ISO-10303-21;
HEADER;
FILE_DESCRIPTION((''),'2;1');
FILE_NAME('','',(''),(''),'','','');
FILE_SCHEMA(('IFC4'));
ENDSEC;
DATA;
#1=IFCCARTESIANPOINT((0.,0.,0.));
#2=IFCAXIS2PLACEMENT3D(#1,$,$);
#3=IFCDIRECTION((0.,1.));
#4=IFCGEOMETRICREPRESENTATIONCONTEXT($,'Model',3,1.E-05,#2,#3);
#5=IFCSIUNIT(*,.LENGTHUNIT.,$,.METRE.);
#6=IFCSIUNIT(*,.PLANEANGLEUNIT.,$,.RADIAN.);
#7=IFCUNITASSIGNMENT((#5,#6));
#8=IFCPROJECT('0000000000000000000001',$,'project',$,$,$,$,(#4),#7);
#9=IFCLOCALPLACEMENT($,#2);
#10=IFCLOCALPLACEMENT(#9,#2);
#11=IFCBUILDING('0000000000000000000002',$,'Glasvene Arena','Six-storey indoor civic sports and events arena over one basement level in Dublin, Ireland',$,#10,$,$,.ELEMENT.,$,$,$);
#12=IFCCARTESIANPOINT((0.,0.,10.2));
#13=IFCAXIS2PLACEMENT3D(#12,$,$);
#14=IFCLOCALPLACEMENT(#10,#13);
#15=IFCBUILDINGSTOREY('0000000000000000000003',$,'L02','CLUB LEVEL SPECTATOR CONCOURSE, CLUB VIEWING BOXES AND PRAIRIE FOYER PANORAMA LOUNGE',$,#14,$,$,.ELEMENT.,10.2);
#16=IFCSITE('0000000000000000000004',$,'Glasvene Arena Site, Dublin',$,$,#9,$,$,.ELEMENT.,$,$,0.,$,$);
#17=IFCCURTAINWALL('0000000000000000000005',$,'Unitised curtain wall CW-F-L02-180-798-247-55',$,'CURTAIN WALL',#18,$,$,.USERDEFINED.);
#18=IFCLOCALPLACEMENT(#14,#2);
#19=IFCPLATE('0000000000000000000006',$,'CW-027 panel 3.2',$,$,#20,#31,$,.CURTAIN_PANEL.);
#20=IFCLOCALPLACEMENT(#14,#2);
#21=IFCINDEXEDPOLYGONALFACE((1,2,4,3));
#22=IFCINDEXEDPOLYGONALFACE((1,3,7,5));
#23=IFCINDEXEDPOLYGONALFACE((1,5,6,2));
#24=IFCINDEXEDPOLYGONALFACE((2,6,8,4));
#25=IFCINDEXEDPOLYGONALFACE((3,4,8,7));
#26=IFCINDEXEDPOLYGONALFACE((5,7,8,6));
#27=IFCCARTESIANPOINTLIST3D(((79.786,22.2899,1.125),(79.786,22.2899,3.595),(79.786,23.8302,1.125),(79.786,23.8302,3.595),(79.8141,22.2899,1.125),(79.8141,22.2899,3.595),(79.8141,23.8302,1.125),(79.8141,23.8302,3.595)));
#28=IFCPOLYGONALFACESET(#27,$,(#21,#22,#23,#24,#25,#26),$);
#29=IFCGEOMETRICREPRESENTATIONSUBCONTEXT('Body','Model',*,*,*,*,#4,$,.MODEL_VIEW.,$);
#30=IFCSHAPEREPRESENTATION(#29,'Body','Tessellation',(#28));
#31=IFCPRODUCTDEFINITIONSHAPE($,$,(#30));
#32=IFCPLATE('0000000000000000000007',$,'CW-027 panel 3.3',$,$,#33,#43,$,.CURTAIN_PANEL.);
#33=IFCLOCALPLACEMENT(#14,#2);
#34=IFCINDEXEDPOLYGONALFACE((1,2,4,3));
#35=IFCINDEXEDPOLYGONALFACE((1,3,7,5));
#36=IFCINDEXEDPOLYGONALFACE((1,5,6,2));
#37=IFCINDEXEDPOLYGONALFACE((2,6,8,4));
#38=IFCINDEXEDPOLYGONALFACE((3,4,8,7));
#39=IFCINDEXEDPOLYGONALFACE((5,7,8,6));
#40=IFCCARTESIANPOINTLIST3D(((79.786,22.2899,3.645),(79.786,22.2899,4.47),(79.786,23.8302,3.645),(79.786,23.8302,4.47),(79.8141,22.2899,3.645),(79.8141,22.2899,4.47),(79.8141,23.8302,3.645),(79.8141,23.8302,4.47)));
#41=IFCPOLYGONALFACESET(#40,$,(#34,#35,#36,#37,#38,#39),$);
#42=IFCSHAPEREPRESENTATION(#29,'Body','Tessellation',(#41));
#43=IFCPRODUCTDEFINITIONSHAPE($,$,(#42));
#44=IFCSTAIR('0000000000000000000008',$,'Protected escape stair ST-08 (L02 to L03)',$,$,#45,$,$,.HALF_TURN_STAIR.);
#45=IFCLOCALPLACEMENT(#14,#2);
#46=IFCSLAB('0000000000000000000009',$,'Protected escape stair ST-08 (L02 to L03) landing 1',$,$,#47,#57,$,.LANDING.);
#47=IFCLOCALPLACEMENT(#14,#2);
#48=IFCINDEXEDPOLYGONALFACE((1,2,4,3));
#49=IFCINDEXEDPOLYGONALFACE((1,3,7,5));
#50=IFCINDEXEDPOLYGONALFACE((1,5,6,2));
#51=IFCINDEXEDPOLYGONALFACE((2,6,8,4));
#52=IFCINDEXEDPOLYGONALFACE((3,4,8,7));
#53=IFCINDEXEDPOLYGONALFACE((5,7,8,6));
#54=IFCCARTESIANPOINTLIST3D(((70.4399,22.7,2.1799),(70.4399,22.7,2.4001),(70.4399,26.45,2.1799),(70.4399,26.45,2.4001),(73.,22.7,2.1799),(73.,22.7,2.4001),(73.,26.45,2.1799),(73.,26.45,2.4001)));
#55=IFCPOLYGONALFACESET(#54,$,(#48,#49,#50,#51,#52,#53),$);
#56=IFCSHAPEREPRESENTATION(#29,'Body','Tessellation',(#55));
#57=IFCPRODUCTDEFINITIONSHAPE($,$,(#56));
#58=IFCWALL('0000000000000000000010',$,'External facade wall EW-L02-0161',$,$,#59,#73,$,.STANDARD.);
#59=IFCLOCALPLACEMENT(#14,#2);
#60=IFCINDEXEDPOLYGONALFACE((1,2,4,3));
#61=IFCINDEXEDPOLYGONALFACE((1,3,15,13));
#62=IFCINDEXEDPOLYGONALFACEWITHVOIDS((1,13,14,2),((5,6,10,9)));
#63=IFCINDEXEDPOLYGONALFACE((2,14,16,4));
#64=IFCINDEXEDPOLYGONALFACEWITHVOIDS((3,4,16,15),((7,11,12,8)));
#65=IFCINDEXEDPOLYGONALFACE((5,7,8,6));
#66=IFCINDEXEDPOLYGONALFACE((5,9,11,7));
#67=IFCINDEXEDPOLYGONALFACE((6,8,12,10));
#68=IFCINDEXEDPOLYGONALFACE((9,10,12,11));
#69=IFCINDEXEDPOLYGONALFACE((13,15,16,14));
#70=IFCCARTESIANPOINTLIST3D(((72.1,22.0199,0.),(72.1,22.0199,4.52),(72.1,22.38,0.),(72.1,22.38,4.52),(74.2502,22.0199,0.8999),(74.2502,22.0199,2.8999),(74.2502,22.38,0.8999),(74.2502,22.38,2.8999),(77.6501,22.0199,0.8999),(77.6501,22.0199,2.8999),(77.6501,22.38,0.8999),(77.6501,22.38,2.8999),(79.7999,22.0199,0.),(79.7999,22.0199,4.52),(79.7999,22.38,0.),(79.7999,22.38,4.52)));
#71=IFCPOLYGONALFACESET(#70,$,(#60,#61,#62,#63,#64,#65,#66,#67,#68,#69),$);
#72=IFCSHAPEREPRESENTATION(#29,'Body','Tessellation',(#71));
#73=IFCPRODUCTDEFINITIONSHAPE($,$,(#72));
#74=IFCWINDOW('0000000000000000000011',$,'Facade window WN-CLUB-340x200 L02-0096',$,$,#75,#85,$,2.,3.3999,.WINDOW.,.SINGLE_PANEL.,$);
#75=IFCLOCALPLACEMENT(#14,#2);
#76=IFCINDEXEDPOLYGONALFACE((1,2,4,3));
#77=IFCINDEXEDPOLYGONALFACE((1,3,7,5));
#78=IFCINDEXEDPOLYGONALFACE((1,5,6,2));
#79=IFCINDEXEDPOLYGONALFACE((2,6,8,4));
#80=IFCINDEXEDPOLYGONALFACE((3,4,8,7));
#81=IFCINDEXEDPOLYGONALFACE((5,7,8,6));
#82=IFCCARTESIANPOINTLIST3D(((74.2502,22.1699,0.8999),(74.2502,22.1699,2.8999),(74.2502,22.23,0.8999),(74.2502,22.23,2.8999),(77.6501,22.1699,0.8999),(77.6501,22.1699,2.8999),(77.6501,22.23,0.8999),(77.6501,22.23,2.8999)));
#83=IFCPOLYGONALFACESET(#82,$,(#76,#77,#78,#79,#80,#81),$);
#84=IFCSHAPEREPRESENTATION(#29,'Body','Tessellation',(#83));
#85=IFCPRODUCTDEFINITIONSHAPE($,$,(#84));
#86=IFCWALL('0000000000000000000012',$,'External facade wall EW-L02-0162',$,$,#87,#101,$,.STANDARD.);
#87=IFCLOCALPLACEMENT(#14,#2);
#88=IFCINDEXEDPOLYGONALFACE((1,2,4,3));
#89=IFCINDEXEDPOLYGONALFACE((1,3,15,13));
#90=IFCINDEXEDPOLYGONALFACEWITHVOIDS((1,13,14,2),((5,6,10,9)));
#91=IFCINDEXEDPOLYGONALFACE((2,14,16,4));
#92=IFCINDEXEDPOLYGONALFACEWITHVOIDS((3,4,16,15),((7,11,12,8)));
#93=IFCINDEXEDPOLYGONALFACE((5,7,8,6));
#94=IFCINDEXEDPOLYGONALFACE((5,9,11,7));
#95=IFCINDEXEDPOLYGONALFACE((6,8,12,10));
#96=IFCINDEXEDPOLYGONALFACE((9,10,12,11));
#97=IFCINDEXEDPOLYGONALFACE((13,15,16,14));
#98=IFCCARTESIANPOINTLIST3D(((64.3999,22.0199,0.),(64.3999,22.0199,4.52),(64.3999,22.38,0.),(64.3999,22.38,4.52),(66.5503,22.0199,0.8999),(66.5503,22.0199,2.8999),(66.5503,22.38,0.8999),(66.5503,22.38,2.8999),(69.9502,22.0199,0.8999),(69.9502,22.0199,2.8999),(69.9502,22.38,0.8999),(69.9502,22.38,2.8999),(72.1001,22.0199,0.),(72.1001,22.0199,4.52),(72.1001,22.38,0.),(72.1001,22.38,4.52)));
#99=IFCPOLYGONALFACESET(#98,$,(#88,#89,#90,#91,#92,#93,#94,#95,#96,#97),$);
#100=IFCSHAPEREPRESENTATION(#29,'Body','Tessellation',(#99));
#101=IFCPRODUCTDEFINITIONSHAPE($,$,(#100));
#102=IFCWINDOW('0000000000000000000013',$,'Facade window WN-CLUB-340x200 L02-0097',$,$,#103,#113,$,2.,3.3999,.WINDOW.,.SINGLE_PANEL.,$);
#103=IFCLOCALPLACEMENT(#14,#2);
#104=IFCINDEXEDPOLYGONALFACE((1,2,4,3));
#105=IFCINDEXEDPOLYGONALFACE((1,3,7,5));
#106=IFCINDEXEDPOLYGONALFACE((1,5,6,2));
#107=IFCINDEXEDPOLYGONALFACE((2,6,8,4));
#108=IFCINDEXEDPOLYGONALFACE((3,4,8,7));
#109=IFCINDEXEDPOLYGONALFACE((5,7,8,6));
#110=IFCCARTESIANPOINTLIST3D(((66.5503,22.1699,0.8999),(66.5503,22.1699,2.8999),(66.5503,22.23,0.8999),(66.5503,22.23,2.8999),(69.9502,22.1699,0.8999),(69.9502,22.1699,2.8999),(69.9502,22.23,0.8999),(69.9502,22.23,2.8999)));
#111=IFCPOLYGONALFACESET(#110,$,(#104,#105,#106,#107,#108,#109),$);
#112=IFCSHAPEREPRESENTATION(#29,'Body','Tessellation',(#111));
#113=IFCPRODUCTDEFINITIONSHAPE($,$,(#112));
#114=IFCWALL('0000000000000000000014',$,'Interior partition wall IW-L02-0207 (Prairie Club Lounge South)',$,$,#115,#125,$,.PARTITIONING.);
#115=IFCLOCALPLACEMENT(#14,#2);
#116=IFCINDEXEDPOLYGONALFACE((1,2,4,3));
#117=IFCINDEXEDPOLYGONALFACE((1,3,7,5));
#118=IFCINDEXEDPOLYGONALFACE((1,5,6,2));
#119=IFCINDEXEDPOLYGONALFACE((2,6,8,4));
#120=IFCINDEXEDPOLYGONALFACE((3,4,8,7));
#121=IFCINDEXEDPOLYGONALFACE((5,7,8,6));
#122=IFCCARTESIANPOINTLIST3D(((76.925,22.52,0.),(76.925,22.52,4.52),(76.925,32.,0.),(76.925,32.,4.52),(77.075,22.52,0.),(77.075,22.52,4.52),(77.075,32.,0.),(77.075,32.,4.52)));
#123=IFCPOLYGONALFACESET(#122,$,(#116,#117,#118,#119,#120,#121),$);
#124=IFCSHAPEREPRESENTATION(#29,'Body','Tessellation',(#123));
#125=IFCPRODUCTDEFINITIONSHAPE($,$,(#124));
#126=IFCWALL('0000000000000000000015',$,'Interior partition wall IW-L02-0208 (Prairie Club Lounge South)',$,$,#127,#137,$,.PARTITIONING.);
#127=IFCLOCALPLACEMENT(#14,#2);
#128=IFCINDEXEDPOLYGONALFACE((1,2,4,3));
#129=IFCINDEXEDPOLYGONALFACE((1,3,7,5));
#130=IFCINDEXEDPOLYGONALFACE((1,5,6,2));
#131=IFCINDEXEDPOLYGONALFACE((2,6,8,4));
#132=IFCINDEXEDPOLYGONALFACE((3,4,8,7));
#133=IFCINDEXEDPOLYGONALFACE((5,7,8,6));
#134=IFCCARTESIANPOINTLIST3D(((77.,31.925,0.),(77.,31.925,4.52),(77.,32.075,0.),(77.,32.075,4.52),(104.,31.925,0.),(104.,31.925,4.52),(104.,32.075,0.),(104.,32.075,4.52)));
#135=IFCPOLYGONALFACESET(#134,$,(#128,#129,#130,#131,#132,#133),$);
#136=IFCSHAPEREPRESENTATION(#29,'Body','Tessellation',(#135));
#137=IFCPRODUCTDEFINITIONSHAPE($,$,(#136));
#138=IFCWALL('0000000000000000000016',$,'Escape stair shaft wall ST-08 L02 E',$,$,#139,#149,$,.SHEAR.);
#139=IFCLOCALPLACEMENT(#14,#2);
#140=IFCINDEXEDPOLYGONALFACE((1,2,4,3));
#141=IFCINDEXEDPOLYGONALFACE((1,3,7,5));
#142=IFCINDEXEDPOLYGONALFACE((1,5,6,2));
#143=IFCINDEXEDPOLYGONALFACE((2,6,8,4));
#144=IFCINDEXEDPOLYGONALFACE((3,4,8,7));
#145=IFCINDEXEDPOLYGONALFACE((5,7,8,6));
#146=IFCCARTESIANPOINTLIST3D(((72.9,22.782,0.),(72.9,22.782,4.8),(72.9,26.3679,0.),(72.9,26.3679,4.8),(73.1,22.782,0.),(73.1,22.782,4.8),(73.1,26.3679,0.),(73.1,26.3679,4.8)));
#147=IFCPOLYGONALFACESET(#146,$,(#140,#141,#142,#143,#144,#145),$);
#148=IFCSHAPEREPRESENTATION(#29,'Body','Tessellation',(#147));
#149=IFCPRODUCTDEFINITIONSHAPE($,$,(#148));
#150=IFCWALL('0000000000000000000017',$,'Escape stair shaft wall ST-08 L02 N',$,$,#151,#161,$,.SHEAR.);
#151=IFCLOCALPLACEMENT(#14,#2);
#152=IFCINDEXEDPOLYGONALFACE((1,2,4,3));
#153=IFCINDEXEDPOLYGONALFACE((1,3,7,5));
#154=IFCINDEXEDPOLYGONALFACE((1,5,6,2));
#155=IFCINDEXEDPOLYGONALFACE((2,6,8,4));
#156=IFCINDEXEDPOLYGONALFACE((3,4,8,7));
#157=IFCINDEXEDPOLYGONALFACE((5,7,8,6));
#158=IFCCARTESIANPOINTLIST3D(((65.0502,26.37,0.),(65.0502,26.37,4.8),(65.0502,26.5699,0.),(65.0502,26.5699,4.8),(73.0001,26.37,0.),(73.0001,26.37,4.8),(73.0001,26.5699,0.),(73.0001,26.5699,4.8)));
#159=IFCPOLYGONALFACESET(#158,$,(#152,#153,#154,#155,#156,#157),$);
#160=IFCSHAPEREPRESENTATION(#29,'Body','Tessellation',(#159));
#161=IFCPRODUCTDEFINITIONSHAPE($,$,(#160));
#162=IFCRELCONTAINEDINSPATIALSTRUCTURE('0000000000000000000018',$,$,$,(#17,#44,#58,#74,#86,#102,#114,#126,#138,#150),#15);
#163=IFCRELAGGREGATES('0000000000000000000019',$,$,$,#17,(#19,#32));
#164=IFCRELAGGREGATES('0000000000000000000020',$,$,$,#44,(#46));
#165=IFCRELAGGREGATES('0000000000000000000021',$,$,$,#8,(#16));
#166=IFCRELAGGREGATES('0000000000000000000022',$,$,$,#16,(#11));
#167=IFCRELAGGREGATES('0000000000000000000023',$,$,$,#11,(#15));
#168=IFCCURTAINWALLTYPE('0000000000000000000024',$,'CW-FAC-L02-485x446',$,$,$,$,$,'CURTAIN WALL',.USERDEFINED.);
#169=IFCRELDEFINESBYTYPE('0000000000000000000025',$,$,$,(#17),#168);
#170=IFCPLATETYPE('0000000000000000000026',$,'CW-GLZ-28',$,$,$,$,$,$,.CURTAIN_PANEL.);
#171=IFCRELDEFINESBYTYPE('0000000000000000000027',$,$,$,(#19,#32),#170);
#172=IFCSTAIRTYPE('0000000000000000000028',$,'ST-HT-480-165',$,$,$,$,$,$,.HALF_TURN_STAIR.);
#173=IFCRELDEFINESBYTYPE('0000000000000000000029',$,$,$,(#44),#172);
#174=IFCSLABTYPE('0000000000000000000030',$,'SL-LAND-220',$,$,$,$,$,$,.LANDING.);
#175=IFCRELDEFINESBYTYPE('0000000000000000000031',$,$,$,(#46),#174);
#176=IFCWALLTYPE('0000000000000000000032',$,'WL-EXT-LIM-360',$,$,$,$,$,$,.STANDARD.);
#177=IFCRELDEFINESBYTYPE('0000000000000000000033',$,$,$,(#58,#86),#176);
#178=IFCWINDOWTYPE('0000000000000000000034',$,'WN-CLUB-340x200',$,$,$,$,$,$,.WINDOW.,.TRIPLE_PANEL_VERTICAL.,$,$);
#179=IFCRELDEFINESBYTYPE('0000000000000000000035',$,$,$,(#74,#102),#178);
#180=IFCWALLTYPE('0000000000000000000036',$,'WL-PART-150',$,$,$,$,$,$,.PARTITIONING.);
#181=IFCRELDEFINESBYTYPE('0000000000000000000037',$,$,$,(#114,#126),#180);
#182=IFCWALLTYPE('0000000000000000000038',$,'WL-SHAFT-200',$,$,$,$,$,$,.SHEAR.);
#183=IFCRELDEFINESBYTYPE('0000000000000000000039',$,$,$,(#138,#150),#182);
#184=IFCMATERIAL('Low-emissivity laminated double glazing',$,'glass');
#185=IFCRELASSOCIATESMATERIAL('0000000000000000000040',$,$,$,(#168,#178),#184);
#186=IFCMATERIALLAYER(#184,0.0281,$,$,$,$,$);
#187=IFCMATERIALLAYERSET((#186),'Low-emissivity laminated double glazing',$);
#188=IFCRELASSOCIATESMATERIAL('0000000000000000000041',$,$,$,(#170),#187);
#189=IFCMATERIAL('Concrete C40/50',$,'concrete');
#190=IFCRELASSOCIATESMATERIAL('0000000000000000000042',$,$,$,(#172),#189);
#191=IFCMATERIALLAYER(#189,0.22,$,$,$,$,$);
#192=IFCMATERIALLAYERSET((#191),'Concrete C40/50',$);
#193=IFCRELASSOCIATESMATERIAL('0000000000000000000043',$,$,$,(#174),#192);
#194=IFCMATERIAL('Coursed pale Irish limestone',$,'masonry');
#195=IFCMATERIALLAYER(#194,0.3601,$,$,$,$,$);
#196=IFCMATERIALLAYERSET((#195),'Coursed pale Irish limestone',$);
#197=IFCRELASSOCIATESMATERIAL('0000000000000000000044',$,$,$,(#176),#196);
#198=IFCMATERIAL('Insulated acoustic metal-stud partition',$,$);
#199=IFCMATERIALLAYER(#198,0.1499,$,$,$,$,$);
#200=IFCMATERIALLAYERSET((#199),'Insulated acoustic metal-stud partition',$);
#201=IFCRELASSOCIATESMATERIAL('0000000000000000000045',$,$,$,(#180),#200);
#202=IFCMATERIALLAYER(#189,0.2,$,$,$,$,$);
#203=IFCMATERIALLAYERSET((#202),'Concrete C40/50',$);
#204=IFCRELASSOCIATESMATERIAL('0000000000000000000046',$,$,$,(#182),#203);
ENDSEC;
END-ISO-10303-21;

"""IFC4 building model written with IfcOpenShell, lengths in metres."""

from ifc_helpers import new_model, si_unit, direction, frame, frame_2d, origin, origin_2d, place, context, subcontext, project, spatial, polyline, rectangle, outline, extrude, material, layer, layer_set, type_object, element, fill, aggregate, save


model = new_model("IFC4")

# Units and contexts
model_context = context("Model", 3, precision=1e-05, world=origin(), true_north=direction((0.0, 1.0)))
body_context = subcontext(model_context, "Body", "Model", "MODEL_VIEW")
ifc_project = project(units=[si_unit("LENGTHUNIT", "METRE"), si_unit("PLANEANGLEUNIT", "RADIAN")], contexts=[model_context])

# Site, building, storey
site_placement = place(None, origin())
site = spatial("IfcSite", under=ifc_project, at=site_placement, Name="Glasvene Arena Site, Dublin", CompositionType="ELEMENT", RefElevation=0.0)
building_placement = place(site_placement, origin())
building = spatial("IfcBuilding", under=site, at=building_placement, Name="Glasvene Arena", Description="Six-storey indoor civic sports and events arena over one basement level in Dublin, Ireland", CompositionType="ELEMENT")
storey_placement = place(building_placement, frame((0.0, 0.0, 10.2)))
storey = spatial("IfcBuildingStorey", under=building, at=storey_placement, Name="L02", Description="CLUB LEVEL SPECTATOR CONCOURSE, CLUB VIEWING BOXES AND PRAIRIE FOYER PANORAMA LOUNGE", CompositionType="ELEMENT", Elevation=10.2)

# Curtain wall, plates
ifc_material_1 = material(Name="Low-emissivity laminated double glazing", Category="glass")
curtain_wall_type = type_object("IfcCurtainWallType", Name="CW-FAC-L02-485x446", ElementType="CURTAIN WALL", PredefinedType="USERDEFINED", material=ifc_material_1)
curtain_wall_placement = place(storey_placement, frame((79.8, 27.0857, 0.0)))
curtain_wall = element("IfcCurtainWall", 1, at=curtain_wall_placement, inside=storey, type_object=curtain_wall_type, Name="Unitised curtain wall CW-F-L02-180-798-247-55", ObjectType="CURTAIN WALL", PredefinedType="USERDEFINED")
ifc_layer_1 = layer(ifc_material_1, 0.0281)
ifc_layer_set_1 = layer_set([ifc_layer_1], Name="Low-emissivity laminated double glazing")
plate_type = type_object("IfcPlateType", Name="CW-GLZ-28", PredefinedType="CURTAIN_PANEL", material=ifc_layer_set_1)
plate_1_placement = place(storey_placement, frame((79.8, 23.0601, 1.125), z_axis=(0.0, 0.0, 1.0), x_axis=(0.0, -1.0, 0.0)))
plate_1 = element("IfcPlate", 2, at=plate_1_placement, type_object=plate_type, Name="CW-027 panel 3.2", PredefinedType="CURTAIN_PANEL", context=body_context, shape_type="SweptSolid", body=[
    extrude(rectangle(XDim=1.5403, YDim=0.0281, at=origin_2d()), origin(), (0.0, 0.0, 1.0), 2.47),
])
plate_2_placement = place(storey_placement, frame((79.8, 23.0601, 3.645), z_axis=(0.0, 0.0, 1.0), x_axis=(0.0, -1.0, 0.0)))
plate_2 = element("IfcPlate", 3, at=plate_2_placement, type_object=plate_type, Name="CW-027 panel 3.3", PredefinedType="CURTAIN_PANEL", context=body_context, shape_type="SweptSolid", body=[
    extrude(rectangle(XDim=1.5403, YDim=0.0281, at=origin_2d()), origin(), (0.0, 0.0, 1.0), 0.825),
])
aggregate(curtain_wall, [plate_1, plate_2])

# Shared definitions
ifc_material_2 = material(Name="Concrete C40/50", Category="concrete")

# Stair, slab
stair_type = type_object("IfcStairType", Name="ST-HT-480-165", PredefinedType="HALF_TURN_STAIR", material=ifc_material_2)
stair_placement = place(storey_placement, origin())
stair = element("IfcStair", 4, at=stair_placement, inside=storey, type_object=stair_type, Name="Protected escape stair ST-08 (L02 to L03)", PredefinedType="HALF_TURN_STAIR")
ifc_layer_2 = layer(ifc_material_2, 0.22)
ifc_layer_set_2 = layer_set([ifc_layer_2], Name="Concrete C40/50")
slab_type_1 = type_object("IfcSlabType", Name="SL-LAND-220", PredefinedType="LANDING", material=ifc_layer_set_2)
slab_1_placement = place(storey_placement, frame((71.72, 24.575, 2.1799)))
slab_1 = element("IfcSlab", 5, at=slab_1_placement, type_object=slab_type_1, Name="Protected escape stair ST-08 (L02 to L03) landing 1", PredefinedType="LANDING", context=body_context, shape_type="SweptSolid", body=[
    extrude(outline(polyline([(-1.28, -1.875), (1.28, -1.875), (1.28, 1.875), (-1.28, 1.875), (-1.28, -1.875)])), origin(), (0.0, 0.0, 1.0), 0.2202),
])

# Walls, openings, windows
ifc_material_3 = material(Name="Coursed pale Irish limestone", Category="masonry")
ifc_layer_3 = layer(ifc_material_3, 0.3601)
ifc_layer_set_3 = layer_set([ifc_layer_3], Name="Coursed pale Irish limestone")
wall_type_1 = type_object("IfcWallType", Name="WL-EXT-LIM-360", PredefinedType="STANDARD", material=ifc_layer_set_3)
wall_1_placement = place(storey_placement, frame((79.8, 22.2, 0.0), z_axis=(0.0, 0.0, 1.0), x_axis=(-1.0, 0.0, 0.0)))
wall_1 = element("IfcWall", 6, at=wall_1_placement, inside=storey, type_object=wall_type_1, Name="External facade wall EW-L02-0161", PredefinedType="STANDARD", context=body_context, shape_type="SweptSolid", body=[
    extrude(rectangle(XDim=7.7, YDim=0.3601, at=frame_2d((3.8501, 0.0))), origin(), (0.0, 0.0, 1.0), 4.52),
])
opening_1_placement = place(wall_1_placement, frame((2.1499, 0.0, 0.8999)))
opening_1 = element("IfcOpeningElement", 7, at=opening_1_placement, cuts=wall_1, PredefinedType="OPENING", context=body_context, shape_type="SweptSolid", body=[
    extrude(rectangle(XDim=3.3999, YDim=2.0, at=frame_2d((1.7, 1.0))), frame((0.0, 0.1899, 0.0), z_axis=(0.0, -1.0, 0.0), x_axis=(1.0, 0.0, 0.0)), (0.0, 0.0, 1.0), 0.3801),
])
window_type = type_object("IfcWindowType", Name="WN-CLUB-340x200", PartitioningType="TRIPLE_PANEL_VERTICAL", PredefinedType="WINDOW", material=ifc_material_1)
window_1_placement = place(opening_1_placement, origin())
window_1 = element("IfcWindow", 8, at=window_1_placement, inside=storey, type_object=window_type, Name="Facade window WN-CLUB-340x200 L02-0096", OverallHeight=2.0, OverallWidth=3.3999, PartitioningType="SINGLE_PANEL", PredefinedType="WINDOW", context=body_context, shape_type="SweptSolid", body=[
    extrude(rectangle(XDim=3.3999, YDim=2.0, at=frame_2d((1.7, 1.0))), frame((0.0, 0.03, 0.0), z_axis=(0.0, -1.0, 0.0), x_axis=(1.0, 0.0, 0.0)), (0.0, 0.0, 1.0), 0.0601),
])
fill(opening_1, window_1)
wall_2_placement = place(storey_placement, frame((72.1001, 22.2, 0.0), z_axis=(0.0, 0.0, 1.0), x_axis=(-1.0, 0.0, 0.0)))
wall_2 = element("IfcWall", 9, at=wall_2_placement, inside=storey, type_object=wall_type_1, Name="External facade wall EW-L02-0162", PredefinedType="STANDARD", context=body_context, shape_type="SweptSolid", body=[
    extrude(rectangle(XDim=7.7002, YDim=0.3601, at=frame_2d((3.8501, 0.0))), origin(), (0.0, 0.0, 1.0), 4.52),
])
opening_2_placement = place(wall_2_placement, frame((2.1499, 0.0, 0.8999)))
opening_2 = element("IfcOpeningElement", 10, at=opening_2_placement, cuts=wall_2, PredefinedType="OPENING", context=body_context, shape_type="SweptSolid", body=[
    extrude(rectangle(XDim=3.3999, YDim=2.0, at=frame_2d((1.7, 1.0))), frame((0.0, 0.1899, 0.0), z_axis=(0.0, -1.0, 0.0), x_axis=(1.0, 0.0, 0.0)), (0.0, 0.0, 1.0), 0.3801),
])
window_2_placement = place(opening_2_placement, origin())
window_2 = element("IfcWindow", 11, at=window_2_placement, inside=storey, type_object=window_type, Name="Facade window WN-CLUB-340x200 L02-0097", OverallHeight=2.0, OverallWidth=3.3999, PartitioningType="SINGLE_PANEL", PredefinedType="WINDOW", context=body_context, shape_type="SweptSolid", body=[
    extrude(rectangle(XDim=3.3999, YDim=2.0, at=frame_2d((1.7, 1.0))), frame((0.0, 0.03, 0.0), z_axis=(0.0, -1.0, 0.0), x_axis=(1.0, 0.0, 0.0)), (0.0, 0.0, 1.0), 0.0601),
])
fill(opening_2, window_2)

# Walls
ifc_material_4 = material(Name="Insulated acoustic metal-stud partition")
ifc_layer_4 = layer(ifc_material_4, 0.1499)
ifc_layer_set_4 = layer_set([ifc_layer_4], Name="Insulated acoustic metal-stud partition")
wall_type_2 = type_object("IfcWallType", Name="WL-PART-150", PredefinedType="PARTITIONING", material=ifc_layer_set_4)
wall_3_placement = place(storey_placement, frame((77.0, 22.52, 0.0), z_axis=(0.0, 0.0, 1.0), x_axis=(0.0, 1.0, 0.0)))
element("IfcWall", 12, at=wall_3_placement, inside=storey, type_object=wall_type_2, Name="Interior partition wall IW-L02-0207 (Prairie Club Lounge South)", PredefinedType="PARTITIONING", context=body_context, shape_type="SweptSolid", body=[
    extrude(rectangle(XDim=9.48, YDim=0.1499, at=frame_2d((4.74, 0.0))), origin(), (0.0, 0.0, 1.0), 4.52),
])
wall_4_placement = place(storey_placement, frame((77.0, 32.0, 0.0), z_axis=(0.0, 0.0, 1.0), x_axis=(1.0, 0.0, 0.0)))
element("IfcWall", 13, at=wall_4_placement, inside=storey, type_object=wall_type_2, Name="Interior partition wall IW-L02-0208 (Prairie Club Lounge South)", PredefinedType="PARTITIONING", context=body_context, shape_type="SweptSolid", body=[
    extrude(rectangle(XDim=27.0, YDim=0.1499, at=frame_2d((13.5, 0.0))), origin(), (0.0, 0.0, 1.0), 4.52),
])

# Shared definitions
ifc_layer_5 = layer(ifc_material_2, 0.2)
ifc_layer_set_5 = layer_set([ifc_layer_5], Name="Concrete C40/50")
wall_type_3 = type_object("IfcWallType", Name="WL-SHAFT-200", PredefinedType="SHEAR", material=ifc_layer_set_5)

# Walls
wall_5_placement = place(storey_placement, frame((73.0, 22.782, 0.0), z_axis=(0.0, 0.0, 1.0), x_axis=(0.0, 1.0, 0.0)))
element("IfcWall", 14, at=wall_5_placement, inside=storey, type_object=wall_type_3, Name="Escape stair shaft wall ST-08 L02 E", PredefinedType="SHEAR", context=body_context, shape_type="SweptSolid", body=[
    extrude(rectangle(XDim=3.5859, YDim=0.2, at=frame_2d((1.793, 0.0))), origin(), (0.0, 0.0, 1.0), 4.8),
])
wall_6_placement = place(storey_placement, frame((65.05, 26.47, 0.0), z_axis=(0.0, 0.0, 1.0), x_axis=(1.0, 0.0, 0.0)))
element("IfcWall", 15, at=wall_6_placement, inside=storey, type_object=wall_type_3, Name="Escape stair shaft wall ST-08 L02 N", PredefinedType="SHEAR", context=body_context, shape_type="SweptSolid", body=[
    extrude(rectangle(XDim=7.95, YDim=0.2, at=frame_2d((3.9751, 0.0))), origin(), (0.0, 0.0, 1.0), 4.8),
])

aggregate(stair, [slab_1])

save(model, "model.ifc")
